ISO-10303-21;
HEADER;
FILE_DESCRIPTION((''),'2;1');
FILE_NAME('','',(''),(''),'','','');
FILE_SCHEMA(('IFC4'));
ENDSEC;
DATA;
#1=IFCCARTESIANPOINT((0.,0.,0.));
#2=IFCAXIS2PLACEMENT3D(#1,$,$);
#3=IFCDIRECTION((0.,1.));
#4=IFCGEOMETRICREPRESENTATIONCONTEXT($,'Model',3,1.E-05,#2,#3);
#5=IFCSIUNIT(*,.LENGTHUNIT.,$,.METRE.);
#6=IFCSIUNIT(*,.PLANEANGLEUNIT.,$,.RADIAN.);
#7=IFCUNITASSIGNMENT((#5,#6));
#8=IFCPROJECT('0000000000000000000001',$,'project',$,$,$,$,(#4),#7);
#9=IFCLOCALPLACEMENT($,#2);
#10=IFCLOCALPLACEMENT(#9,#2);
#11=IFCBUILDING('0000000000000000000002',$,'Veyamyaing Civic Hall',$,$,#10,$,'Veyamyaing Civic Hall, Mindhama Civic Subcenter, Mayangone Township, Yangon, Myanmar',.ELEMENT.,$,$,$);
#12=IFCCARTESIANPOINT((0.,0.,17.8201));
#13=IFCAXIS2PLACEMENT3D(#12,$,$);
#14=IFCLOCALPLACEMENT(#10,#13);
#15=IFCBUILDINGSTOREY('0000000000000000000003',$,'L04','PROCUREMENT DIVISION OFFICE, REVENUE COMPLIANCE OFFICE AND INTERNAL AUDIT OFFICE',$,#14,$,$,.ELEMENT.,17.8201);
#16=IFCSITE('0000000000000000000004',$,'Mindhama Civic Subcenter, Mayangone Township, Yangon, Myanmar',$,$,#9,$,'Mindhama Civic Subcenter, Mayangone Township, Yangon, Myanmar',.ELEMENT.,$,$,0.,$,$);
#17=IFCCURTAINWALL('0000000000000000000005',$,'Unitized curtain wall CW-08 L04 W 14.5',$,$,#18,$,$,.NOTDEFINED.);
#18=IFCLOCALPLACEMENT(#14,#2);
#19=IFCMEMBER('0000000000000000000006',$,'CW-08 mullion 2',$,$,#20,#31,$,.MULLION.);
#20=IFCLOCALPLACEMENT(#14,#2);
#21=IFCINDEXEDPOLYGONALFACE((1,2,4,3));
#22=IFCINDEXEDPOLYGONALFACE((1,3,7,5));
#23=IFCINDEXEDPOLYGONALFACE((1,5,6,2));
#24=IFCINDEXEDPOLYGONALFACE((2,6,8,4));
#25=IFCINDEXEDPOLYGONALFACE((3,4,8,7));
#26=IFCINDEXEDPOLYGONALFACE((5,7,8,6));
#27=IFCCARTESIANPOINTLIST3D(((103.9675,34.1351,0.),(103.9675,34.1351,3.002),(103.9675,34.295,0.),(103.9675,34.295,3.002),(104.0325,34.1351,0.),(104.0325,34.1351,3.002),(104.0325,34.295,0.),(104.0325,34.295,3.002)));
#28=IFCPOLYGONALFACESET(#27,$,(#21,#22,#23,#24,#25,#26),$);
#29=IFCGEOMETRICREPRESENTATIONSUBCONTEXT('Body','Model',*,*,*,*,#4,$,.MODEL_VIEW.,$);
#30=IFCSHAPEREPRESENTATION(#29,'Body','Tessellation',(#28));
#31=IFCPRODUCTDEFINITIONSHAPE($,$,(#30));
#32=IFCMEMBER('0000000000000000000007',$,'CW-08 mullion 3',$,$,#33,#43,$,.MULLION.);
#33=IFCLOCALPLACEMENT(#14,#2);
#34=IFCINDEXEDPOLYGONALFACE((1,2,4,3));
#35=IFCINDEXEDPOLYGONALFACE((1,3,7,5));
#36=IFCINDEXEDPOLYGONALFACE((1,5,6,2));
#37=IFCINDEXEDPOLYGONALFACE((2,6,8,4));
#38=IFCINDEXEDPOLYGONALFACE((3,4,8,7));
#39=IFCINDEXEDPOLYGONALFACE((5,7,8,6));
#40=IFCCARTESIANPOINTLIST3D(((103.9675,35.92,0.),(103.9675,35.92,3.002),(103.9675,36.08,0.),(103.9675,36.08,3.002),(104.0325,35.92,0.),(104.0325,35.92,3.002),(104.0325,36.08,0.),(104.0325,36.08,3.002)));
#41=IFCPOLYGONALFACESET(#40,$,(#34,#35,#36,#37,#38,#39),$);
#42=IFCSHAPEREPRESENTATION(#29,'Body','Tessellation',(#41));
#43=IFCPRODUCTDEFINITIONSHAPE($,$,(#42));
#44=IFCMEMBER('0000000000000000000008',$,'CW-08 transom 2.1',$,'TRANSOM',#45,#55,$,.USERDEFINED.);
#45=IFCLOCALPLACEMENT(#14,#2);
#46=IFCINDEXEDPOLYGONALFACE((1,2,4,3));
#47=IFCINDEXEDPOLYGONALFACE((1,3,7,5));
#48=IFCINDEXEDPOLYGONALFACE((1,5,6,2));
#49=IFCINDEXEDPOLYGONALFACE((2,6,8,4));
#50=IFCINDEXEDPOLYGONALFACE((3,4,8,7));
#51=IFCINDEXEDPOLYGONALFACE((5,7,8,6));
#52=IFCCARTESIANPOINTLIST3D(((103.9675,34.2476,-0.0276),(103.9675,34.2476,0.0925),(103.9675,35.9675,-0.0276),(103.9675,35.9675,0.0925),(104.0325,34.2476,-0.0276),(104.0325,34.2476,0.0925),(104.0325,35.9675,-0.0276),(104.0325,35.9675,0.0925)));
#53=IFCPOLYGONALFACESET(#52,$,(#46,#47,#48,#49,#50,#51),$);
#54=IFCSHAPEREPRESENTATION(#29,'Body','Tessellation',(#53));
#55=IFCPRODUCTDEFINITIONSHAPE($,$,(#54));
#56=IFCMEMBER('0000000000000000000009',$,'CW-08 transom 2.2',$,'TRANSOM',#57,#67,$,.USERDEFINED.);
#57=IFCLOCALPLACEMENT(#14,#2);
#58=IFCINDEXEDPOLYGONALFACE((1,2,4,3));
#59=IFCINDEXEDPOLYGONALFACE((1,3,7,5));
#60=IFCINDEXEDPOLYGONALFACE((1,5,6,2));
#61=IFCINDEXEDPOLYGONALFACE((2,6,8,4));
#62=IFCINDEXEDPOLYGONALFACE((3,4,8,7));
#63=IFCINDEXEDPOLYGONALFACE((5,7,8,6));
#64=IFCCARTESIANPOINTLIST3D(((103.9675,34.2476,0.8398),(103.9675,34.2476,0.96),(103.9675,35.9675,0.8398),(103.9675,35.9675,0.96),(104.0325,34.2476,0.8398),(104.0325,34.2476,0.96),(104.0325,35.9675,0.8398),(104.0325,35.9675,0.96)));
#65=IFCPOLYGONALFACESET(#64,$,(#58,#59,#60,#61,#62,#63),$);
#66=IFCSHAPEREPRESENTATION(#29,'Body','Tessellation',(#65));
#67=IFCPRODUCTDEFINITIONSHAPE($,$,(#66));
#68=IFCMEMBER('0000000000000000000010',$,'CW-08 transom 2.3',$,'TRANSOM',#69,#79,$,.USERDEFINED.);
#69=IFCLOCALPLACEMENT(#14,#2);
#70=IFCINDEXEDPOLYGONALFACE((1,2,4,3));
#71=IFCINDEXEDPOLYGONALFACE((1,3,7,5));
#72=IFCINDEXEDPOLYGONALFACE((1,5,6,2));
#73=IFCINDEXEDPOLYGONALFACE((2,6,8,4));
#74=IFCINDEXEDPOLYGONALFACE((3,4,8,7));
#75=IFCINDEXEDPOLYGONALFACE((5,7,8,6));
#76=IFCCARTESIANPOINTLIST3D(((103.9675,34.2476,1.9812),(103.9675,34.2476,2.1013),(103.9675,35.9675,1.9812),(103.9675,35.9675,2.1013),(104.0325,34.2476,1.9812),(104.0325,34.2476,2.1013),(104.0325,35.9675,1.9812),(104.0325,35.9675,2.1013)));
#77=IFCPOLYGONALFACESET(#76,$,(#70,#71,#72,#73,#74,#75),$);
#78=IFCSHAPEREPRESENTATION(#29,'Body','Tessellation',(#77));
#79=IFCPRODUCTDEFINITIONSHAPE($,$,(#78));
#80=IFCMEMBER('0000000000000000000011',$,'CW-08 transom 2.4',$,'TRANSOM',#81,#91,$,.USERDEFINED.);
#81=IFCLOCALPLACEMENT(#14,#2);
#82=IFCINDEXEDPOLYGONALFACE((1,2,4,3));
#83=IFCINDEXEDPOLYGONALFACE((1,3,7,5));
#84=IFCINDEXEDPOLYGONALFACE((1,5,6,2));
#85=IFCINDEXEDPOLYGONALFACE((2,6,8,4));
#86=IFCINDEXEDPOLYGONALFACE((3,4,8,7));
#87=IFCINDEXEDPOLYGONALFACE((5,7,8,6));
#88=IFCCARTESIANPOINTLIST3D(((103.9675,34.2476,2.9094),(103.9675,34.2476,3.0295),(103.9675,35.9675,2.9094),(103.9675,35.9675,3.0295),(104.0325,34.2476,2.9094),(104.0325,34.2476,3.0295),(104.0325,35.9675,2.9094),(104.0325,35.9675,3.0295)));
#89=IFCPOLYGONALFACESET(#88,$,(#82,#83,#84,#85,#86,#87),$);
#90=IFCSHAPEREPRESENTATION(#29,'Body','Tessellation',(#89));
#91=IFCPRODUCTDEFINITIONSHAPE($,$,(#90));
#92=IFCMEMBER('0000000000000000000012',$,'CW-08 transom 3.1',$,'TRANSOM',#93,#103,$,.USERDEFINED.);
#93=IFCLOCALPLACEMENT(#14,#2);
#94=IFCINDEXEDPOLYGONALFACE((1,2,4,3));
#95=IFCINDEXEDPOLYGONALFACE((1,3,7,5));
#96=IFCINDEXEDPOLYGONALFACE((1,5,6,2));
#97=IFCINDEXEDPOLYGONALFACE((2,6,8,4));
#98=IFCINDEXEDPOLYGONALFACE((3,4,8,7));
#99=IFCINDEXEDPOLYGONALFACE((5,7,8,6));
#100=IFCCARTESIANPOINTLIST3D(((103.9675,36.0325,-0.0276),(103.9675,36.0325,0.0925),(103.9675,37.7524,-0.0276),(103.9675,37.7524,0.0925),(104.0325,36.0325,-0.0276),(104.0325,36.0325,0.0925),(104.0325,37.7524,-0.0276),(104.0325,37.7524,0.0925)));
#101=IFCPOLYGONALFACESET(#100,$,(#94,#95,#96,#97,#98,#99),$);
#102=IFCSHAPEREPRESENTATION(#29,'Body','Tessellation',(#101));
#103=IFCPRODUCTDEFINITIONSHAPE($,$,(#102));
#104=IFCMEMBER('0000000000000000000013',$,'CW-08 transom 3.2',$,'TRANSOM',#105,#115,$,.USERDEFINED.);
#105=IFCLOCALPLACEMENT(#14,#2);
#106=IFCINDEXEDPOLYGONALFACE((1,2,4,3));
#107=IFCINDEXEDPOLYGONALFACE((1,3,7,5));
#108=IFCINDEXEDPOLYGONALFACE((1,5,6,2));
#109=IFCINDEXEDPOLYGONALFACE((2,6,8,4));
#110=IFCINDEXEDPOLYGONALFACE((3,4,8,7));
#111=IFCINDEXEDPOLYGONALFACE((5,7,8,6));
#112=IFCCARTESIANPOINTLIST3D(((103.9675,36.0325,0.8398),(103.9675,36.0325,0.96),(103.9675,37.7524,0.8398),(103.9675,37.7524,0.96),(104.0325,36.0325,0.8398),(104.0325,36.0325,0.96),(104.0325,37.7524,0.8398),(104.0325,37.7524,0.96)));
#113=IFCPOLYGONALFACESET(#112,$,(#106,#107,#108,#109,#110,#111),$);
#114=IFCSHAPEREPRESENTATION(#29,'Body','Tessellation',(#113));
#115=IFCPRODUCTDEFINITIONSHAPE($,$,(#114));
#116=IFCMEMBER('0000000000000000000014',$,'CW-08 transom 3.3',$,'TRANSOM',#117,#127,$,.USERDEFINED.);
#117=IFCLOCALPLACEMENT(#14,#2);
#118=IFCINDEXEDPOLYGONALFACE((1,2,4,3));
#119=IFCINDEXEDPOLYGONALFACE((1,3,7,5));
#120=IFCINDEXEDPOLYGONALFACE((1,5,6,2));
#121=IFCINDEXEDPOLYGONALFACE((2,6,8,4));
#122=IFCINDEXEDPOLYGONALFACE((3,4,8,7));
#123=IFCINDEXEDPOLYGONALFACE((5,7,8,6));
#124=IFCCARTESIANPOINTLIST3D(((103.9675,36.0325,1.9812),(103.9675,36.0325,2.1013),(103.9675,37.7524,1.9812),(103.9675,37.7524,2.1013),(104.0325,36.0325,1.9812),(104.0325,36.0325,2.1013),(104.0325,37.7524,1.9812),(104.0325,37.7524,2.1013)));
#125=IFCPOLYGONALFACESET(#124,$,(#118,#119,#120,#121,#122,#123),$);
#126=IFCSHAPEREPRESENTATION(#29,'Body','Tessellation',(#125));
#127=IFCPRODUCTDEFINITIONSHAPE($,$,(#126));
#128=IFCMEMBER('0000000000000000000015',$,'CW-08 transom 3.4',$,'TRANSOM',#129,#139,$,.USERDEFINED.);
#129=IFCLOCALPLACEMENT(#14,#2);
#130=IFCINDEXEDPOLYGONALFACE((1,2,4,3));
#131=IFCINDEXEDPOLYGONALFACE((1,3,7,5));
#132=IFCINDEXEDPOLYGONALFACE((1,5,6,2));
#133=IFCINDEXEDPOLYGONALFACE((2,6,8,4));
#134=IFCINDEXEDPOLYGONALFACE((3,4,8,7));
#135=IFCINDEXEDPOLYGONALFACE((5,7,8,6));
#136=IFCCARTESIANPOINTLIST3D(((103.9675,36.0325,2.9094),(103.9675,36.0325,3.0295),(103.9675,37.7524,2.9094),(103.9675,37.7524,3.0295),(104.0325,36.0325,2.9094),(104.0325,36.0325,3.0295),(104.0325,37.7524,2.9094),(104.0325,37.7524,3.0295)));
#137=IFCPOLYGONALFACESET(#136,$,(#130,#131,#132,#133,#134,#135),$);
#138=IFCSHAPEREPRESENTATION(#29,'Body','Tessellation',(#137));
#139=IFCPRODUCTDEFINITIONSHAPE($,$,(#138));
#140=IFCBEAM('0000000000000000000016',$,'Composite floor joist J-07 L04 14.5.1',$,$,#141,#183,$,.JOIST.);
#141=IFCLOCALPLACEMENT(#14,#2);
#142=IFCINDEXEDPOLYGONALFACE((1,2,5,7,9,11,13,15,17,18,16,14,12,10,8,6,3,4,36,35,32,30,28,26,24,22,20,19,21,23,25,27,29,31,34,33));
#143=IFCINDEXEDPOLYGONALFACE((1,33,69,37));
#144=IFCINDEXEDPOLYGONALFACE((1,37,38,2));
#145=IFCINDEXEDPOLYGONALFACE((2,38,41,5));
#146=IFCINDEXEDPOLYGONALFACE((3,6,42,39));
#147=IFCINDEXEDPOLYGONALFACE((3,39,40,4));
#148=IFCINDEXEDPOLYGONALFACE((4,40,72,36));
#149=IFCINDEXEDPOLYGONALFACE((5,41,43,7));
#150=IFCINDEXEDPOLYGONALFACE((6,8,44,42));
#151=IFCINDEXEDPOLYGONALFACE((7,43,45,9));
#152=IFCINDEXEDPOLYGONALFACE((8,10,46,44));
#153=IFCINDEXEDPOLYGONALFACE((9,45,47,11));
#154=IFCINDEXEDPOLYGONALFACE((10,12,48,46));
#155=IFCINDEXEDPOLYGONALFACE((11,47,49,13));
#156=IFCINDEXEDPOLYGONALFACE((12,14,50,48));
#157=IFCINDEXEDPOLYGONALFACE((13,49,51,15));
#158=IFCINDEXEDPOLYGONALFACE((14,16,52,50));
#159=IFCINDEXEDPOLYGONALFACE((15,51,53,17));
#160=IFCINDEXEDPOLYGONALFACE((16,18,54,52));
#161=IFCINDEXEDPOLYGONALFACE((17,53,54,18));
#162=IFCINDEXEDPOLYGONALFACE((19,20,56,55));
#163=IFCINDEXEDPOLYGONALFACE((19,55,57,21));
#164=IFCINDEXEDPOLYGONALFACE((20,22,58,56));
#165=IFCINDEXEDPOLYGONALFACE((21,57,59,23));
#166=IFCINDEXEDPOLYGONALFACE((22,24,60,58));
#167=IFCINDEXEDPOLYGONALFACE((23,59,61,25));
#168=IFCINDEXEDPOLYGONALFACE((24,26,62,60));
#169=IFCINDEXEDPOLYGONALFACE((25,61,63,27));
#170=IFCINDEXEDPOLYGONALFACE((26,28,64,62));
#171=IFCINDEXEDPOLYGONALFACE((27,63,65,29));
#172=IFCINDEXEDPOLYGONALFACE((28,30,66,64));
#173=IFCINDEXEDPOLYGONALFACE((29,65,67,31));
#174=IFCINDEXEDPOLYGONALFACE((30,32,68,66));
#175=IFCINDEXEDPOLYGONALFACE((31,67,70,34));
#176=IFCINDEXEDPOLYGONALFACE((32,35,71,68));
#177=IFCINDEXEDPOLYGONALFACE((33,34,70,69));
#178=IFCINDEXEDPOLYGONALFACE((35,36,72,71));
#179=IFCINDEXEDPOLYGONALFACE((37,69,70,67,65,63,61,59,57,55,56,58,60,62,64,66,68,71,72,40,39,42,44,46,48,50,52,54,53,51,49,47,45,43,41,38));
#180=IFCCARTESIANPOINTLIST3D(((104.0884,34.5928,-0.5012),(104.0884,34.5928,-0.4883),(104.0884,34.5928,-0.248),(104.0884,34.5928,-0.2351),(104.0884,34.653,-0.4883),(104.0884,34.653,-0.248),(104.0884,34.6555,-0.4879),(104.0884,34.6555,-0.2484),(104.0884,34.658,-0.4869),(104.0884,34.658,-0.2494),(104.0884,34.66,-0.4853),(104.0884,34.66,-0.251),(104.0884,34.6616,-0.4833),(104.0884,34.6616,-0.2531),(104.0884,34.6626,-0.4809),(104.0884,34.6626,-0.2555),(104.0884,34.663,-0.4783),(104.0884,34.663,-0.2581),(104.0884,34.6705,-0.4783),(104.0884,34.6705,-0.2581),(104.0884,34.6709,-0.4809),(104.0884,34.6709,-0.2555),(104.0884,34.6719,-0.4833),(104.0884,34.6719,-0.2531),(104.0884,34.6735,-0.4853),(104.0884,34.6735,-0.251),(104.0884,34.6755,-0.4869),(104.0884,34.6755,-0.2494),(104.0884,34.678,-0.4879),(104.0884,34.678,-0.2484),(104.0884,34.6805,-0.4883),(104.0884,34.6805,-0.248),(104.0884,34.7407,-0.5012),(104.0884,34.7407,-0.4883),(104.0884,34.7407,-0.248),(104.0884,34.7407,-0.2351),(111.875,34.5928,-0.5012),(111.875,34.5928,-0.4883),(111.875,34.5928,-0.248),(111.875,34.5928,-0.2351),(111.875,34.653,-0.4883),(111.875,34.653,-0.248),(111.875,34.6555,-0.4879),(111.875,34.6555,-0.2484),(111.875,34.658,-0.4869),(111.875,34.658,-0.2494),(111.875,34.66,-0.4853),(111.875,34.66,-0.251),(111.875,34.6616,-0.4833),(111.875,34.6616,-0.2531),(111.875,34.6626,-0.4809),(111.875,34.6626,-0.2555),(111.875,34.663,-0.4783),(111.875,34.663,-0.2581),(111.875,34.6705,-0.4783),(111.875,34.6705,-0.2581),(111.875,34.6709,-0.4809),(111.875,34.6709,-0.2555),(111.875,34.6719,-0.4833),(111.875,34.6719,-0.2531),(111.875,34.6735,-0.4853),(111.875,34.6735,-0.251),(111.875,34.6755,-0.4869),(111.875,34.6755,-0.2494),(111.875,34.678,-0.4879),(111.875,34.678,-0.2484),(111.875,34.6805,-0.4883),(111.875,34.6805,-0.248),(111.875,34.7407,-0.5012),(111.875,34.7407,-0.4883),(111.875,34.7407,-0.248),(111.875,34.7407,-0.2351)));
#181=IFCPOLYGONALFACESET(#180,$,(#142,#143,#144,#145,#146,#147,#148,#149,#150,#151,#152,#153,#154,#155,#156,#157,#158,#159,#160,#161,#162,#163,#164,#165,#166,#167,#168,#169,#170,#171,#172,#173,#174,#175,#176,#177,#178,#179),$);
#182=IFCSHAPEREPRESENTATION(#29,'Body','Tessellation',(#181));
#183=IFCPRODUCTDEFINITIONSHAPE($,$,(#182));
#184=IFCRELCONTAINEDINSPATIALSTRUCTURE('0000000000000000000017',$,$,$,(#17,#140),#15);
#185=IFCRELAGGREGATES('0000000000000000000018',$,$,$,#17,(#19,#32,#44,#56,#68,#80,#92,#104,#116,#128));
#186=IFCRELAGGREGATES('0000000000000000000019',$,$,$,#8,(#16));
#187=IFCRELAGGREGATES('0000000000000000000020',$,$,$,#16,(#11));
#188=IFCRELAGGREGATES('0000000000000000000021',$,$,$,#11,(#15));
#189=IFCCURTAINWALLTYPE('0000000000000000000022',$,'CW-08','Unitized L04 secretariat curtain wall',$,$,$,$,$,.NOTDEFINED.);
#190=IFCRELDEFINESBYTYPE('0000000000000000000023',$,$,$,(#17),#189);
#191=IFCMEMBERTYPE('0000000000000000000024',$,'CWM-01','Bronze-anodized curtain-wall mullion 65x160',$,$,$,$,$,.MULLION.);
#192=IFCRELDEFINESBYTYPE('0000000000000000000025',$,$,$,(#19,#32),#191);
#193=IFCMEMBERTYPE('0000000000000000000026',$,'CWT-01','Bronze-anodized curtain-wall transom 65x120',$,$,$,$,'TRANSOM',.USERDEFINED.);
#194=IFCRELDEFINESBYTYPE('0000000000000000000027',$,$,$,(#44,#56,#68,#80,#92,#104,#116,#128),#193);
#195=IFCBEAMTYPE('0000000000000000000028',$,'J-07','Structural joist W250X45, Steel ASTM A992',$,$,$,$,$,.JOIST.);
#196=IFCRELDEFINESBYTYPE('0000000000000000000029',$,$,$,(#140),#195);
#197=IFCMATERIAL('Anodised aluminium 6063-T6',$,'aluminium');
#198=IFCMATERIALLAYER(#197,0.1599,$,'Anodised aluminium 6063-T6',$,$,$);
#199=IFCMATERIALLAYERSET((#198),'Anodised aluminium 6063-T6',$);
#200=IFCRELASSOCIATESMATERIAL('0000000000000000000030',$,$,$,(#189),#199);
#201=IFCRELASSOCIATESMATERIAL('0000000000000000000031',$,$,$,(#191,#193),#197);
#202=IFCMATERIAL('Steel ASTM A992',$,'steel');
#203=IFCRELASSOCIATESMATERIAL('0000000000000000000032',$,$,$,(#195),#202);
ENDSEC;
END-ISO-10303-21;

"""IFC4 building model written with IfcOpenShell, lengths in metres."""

from ifc_helpers import new_model, si_unit, direction, frame, origin, origin_2d, place, context, subcontext, project, spatial, rectangle, i_section, extrude, material, layer, layer_set, material_profile, profile_set, type_object, element, aggregate, save


model = new_model("IFC4")

# Units and contexts
model_context = context("Model", 3, precision=1e-05, world=origin(), true_north=direction((0.0, 1.0)))
body_context = subcontext(model_context, "Body", "Model", "MODEL_VIEW")
ifc_project = project(units=[si_unit("LENGTHUNIT", "METRE"), si_unit("PLANEANGLEUNIT", "RADIAN")], contexts=[model_context])

# Site, building, storey
site_placement = place(None, origin())
site = spatial("IfcSite", under=ifc_project, at=site_placement, Name="Mindhama Civic Subcenter, Mayangone Township, Yangon, Myanmar", LongName="Mindhama Civic Subcenter, Mayangone Township, Yangon, Myanmar", CompositionType="ELEMENT", RefElevation=0.0)
building_placement = place(site_placement, origin())
building = spatial("IfcBuilding", under=site, at=building_placement, Name="Veyamyaing Civic Hall", LongName="Veyamyaing Civic Hall, Mindhama Civic Subcenter, Mayangone Township, Yangon, Myanmar", CompositionType="ELEMENT")
storey_placement = place(building_placement, frame((0.0, 0.0, 17.8201)))
storey = spatial("IfcBuildingStorey", under=building, at=storey_placement, Name="L04", Description="PROCUREMENT DIVISION OFFICE, REVENUE COMPLIANCE OFFICE AND INTERNAL AUDIT OFFICE", CompositionType="ELEMENT", Elevation=17.8201)

# Curtain wall, members
ifc_material_1 = material(Name="Anodised aluminium 6063-T6", Category="aluminium")
ifc_layer_1 = layer(ifc_material_1, 0.1599, Name="Anodised aluminium 6063-T6")
ifc_layer_set_1 = layer_set([ifc_layer_1], Name="Anodised aluminium 6063-T6")
curtain_wall_type = type_object("IfcCurtainWallType", Name="CW-08", Description="Unitized L04 secretariat curtain wall", PredefinedType="NOTDEFINED", material=ifc_layer_set_1)
curtain_wall_placement = place(storey_placement, origin())
curtain_wall = element("IfcCurtainWall", 1, at=curtain_wall_placement, inside=storey, type_object=curtain_wall_type, Name="Unitized curtain wall CW-08 L04 W 14.5", PredefinedType="NOTDEFINED")
ifc_material_profile_1 = material_profile(ifc_material_1, rectangle(XDim=0.0649, YDim=0.1599, at=origin_2d()), Name="ALU-MUL-65X160")
ifc_profile_set_1 = profile_set([ifc_material_profile_1], Name="Anodised aluminium 6063-T6")
member_type_1 = type_object("IfcMemberType", Name="CWM-01", Description="Bronze-anodized curtain-wall mullion 65x160", PredefinedType="MULLION", material=ifc_profile_set_1)
member_1_placement = place(storey_placement, frame((104.0, 34.2151, 0.0), z_axis=(0.0, 0.0, 1.0), x_axis=(-1.0, 0.0, 0.0)))
member_1 = element("IfcMember", 2, at=member_1_placement, type_object=member_type_1, Name="CW-08 mullion 2", PredefinedType="MULLION", context=body_context, shape_type="SweptSolid", body=[
    extrude(rectangle(XDim=0.0649, YDim=0.1599, at=origin_2d()), origin(), (0.0, 0.0, 1.0), 3.002),
])
member_2_placement = place(storey_placement, frame((104.0, 36.0, 0.0), z_axis=(0.0, 0.0, 1.0), x_axis=(-1.0, 0.0, 0.0)))
member_2 = element("IfcMember", 3, at=member_2_placement, type_object=member_type_1, Name="CW-08 mullion 3", PredefinedType="MULLION", context=body_context, shape_type="SweptSolid", body=[
    extrude(rectangle(XDim=0.0649, YDim=0.1599, at=origin_2d()), origin(), (0.0, 0.0, 1.0), 3.002),
])
ifc_material_profile_2 = material_profile(ifc_material_1, rectangle(XDim=0.0649, YDim=0.1201, at=origin_2d()), Name="ALU-TRN-65X120")
ifc_profile_set_2 = profile_set([ifc_material_profile_2], Name="Anodised aluminium 6063-T6")
member_type_2 = type_object("IfcMemberType", Name="CWT-01", Description="Bronze-anodized curtain-wall transom 65x120", ElementType="TRANSOM", PredefinedType="USERDEFINED", material=ifc_profile_set_2)
member_3_placement = place(storey_placement, frame((104.0, 34.2476, 0.0325), z_axis=(0.0, 1.0, 0.0), x_axis=(-1.0, 0.0, 0.0)))
member_3 = element("IfcMember", 4, at=member_3_placement, type_object=member_type_2, Name="CW-08 transom 2.1", ObjectType="TRANSOM", PredefinedType="USERDEFINED", context=body_context, shape_type="SweptSolid", body=[
    extrude(rectangle(XDim=0.0649, YDim=0.1201, at=origin_2d()), origin(), (0.0, 0.0, 1.0), 1.72),
])
member_4_placement = place(storey_placement, frame((104.0, 34.2476, 0.8999), z_axis=(0.0, 1.0, 0.0), x_axis=(-1.0, 0.0, 0.0)))
member_4 = element("IfcMember", 5, at=member_4_placement, type_object=member_type_2, Name="CW-08 transom 2.2", ObjectType="TRANSOM", PredefinedType="USERDEFINED", context=body_context, shape_type="SweptSolid", body=[
    extrude(rectangle(XDim=0.0649, YDim=0.1201, at=origin_2d()), origin(), (0.0, 0.0, 1.0), 1.72),
])
member_5_placement = place(storey_placement, frame((104.0, 34.2476, 2.0413), z_axis=(0.0, 1.0, 0.0), x_axis=(-1.0, 0.0, 0.0)))
member_5 = element("IfcMember", 6, at=member_5_placement, type_object=member_type_2, Name="CW-08 transom 2.3", ObjectType="TRANSOM", PredefinedType="USERDEFINED", context=body_context, shape_type="SweptSolid", body=[
    extrude(rectangle(XDim=0.0649, YDim=0.1201, at=origin_2d()), origin(), (0.0, 0.0, 1.0), 1.72),
])
member_6_placement = place(storey_placement, frame((104.0, 34.2476, 2.9695), z_axis=(0.0, 1.0, 0.0), x_axis=(-1.0, 0.0, 0.0)))
member_6 = element("IfcMember", 7, at=member_6_placement, type_object=member_type_2, Name="CW-08 transom 2.4", ObjectType="TRANSOM", PredefinedType="USERDEFINED", context=body_context, shape_type="SweptSolid", body=[
    extrude(rectangle(XDim=0.0649, YDim=0.1201, at=origin_2d()), origin(), (0.0, 0.0, 1.0), 1.72),
])
member_7_placement = place(storey_placement, frame((104.0, 36.0325, 0.0325), z_axis=(0.0, 1.0, 0.0), x_axis=(-1.0, 0.0, 0.0)))
member_7 = element("IfcMember", 8, at=member_7_placement, type_object=member_type_2, Name="CW-08 transom 3.1", ObjectType="TRANSOM", PredefinedType="USERDEFINED", context=body_context, shape_type="SweptSolid", body=[
    extrude(rectangle(XDim=0.0649, YDim=0.1201, at=origin_2d()), origin(), (0.0, 0.0, 1.0), 1.72),
])
member_8_placement = place(storey_placement, frame((104.0, 36.0325, 0.8999), z_axis=(0.0, 1.0, 0.0), x_axis=(-1.0, 0.0, 0.0)))
member_8 = element("IfcMember", 9, at=member_8_placement, type_object=member_type_2, Name="CW-08 transom 3.2", ObjectType="TRANSOM", PredefinedType="USERDEFINED", context=body_context, shape_type="SweptSolid", body=[
    extrude(rectangle(XDim=0.0649, YDim=0.1201, at=origin_2d()), origin(), (0.0, 0.0, 1.0), 1.72),
])
member_9_placement = place(storey_placement, frame((104.0, 36.0325, 2.0413), z_axis=(0.0, 1.0, 0.0), x_axis=(-1.0, 0.0, 0.0)))
member_9 = element("IfcMember", 10, at=member_9_placement, type_object=member_type_2, Name="CW-08 transom 3.3", ObjectType="TRANSOM", PredefinedType="USERDEFINED", context=body_context, shape_type="SweptSolid", body=[
    extrude(rectangle(XDim=0.0649, YDim=0.1201, at=origin_2d()), origin(), (0.0, 0.0, 1.0), 1.72),
])
member_10_placement = place(storey_placement, frame((104.0, 36.0325, 2.9695), z_axis=(0.0, 1.0, 0.0), x_axis=(-1.0, 0.0, 0.0)))
member_10 = element("IfcMember", 11, at=member_10_placement, type_object=member_type_2, Name="CW-08 transom 3.4", ObjectType="TRANSOM", PredefinedType="USERDEFINED", context=body_context, shape_type="SweptSolid", body=[
    extrude(rectangle(XDim=0.0649, YDim=0.1201, at=origin_2d()), origin(), (0.0, 0.0, 1.0), 1.72),
])

# Beam
ifc_material_2 = material(Name="Steel ASTM A992", Category="steel")
ifc_material_profile_3 = material_profile(ifc_material_2, i_section(OverallWidth=0.1479, OverallDepth=0.2661, WebThickness=0.0076, FlangeThickness=0.0129, FilletRadius=0.01, at=origin_2d()), Name="W250X45")
ifc_profile_set_3 = profile_set([ifc_material_profile_3], Name="Steel ASTM A992")
beam_type = type_object("IfcBeamType", Name="J-07", Description="Structural joist W250X45, Steel ASTM A992", PredefinedType="JOIST", material=ifc_profile_set_3)
for number, where, z_axis, x_axis, name in (
    (12, (104.0884, 34.6667, -0.3682), (1.0, 0.0, 0.0), (0.0, 1.0, 0.0), "Composite floor joist J-07 L04 14.5.1"),
):
    element("IfcBeam", number, at=place(storey_placement, frame(where, z_axis=z_axis, x_axis=x_axis)), inside=storey, type_object=beam_type, Name=name, PredefinedType="JOIST", context=body_context, shape_type="SweptSolid", body=[
        extrude(i_section(OverallWidth=0.1479, OverallDepth=0.2661, WebThickness=0.0076, FlangeThickness=0.0129, FilletRadius=0.01, at=origin_2d()), origin(), (0.0, 0.0, 1.0), 7.7866),
    ])

aggregate(curtain_wall, [member_1, member_2, member_3, member_4, member_5, member_6, member_7, member_8, member_9, member_10])

save(model, "model.ifc")
